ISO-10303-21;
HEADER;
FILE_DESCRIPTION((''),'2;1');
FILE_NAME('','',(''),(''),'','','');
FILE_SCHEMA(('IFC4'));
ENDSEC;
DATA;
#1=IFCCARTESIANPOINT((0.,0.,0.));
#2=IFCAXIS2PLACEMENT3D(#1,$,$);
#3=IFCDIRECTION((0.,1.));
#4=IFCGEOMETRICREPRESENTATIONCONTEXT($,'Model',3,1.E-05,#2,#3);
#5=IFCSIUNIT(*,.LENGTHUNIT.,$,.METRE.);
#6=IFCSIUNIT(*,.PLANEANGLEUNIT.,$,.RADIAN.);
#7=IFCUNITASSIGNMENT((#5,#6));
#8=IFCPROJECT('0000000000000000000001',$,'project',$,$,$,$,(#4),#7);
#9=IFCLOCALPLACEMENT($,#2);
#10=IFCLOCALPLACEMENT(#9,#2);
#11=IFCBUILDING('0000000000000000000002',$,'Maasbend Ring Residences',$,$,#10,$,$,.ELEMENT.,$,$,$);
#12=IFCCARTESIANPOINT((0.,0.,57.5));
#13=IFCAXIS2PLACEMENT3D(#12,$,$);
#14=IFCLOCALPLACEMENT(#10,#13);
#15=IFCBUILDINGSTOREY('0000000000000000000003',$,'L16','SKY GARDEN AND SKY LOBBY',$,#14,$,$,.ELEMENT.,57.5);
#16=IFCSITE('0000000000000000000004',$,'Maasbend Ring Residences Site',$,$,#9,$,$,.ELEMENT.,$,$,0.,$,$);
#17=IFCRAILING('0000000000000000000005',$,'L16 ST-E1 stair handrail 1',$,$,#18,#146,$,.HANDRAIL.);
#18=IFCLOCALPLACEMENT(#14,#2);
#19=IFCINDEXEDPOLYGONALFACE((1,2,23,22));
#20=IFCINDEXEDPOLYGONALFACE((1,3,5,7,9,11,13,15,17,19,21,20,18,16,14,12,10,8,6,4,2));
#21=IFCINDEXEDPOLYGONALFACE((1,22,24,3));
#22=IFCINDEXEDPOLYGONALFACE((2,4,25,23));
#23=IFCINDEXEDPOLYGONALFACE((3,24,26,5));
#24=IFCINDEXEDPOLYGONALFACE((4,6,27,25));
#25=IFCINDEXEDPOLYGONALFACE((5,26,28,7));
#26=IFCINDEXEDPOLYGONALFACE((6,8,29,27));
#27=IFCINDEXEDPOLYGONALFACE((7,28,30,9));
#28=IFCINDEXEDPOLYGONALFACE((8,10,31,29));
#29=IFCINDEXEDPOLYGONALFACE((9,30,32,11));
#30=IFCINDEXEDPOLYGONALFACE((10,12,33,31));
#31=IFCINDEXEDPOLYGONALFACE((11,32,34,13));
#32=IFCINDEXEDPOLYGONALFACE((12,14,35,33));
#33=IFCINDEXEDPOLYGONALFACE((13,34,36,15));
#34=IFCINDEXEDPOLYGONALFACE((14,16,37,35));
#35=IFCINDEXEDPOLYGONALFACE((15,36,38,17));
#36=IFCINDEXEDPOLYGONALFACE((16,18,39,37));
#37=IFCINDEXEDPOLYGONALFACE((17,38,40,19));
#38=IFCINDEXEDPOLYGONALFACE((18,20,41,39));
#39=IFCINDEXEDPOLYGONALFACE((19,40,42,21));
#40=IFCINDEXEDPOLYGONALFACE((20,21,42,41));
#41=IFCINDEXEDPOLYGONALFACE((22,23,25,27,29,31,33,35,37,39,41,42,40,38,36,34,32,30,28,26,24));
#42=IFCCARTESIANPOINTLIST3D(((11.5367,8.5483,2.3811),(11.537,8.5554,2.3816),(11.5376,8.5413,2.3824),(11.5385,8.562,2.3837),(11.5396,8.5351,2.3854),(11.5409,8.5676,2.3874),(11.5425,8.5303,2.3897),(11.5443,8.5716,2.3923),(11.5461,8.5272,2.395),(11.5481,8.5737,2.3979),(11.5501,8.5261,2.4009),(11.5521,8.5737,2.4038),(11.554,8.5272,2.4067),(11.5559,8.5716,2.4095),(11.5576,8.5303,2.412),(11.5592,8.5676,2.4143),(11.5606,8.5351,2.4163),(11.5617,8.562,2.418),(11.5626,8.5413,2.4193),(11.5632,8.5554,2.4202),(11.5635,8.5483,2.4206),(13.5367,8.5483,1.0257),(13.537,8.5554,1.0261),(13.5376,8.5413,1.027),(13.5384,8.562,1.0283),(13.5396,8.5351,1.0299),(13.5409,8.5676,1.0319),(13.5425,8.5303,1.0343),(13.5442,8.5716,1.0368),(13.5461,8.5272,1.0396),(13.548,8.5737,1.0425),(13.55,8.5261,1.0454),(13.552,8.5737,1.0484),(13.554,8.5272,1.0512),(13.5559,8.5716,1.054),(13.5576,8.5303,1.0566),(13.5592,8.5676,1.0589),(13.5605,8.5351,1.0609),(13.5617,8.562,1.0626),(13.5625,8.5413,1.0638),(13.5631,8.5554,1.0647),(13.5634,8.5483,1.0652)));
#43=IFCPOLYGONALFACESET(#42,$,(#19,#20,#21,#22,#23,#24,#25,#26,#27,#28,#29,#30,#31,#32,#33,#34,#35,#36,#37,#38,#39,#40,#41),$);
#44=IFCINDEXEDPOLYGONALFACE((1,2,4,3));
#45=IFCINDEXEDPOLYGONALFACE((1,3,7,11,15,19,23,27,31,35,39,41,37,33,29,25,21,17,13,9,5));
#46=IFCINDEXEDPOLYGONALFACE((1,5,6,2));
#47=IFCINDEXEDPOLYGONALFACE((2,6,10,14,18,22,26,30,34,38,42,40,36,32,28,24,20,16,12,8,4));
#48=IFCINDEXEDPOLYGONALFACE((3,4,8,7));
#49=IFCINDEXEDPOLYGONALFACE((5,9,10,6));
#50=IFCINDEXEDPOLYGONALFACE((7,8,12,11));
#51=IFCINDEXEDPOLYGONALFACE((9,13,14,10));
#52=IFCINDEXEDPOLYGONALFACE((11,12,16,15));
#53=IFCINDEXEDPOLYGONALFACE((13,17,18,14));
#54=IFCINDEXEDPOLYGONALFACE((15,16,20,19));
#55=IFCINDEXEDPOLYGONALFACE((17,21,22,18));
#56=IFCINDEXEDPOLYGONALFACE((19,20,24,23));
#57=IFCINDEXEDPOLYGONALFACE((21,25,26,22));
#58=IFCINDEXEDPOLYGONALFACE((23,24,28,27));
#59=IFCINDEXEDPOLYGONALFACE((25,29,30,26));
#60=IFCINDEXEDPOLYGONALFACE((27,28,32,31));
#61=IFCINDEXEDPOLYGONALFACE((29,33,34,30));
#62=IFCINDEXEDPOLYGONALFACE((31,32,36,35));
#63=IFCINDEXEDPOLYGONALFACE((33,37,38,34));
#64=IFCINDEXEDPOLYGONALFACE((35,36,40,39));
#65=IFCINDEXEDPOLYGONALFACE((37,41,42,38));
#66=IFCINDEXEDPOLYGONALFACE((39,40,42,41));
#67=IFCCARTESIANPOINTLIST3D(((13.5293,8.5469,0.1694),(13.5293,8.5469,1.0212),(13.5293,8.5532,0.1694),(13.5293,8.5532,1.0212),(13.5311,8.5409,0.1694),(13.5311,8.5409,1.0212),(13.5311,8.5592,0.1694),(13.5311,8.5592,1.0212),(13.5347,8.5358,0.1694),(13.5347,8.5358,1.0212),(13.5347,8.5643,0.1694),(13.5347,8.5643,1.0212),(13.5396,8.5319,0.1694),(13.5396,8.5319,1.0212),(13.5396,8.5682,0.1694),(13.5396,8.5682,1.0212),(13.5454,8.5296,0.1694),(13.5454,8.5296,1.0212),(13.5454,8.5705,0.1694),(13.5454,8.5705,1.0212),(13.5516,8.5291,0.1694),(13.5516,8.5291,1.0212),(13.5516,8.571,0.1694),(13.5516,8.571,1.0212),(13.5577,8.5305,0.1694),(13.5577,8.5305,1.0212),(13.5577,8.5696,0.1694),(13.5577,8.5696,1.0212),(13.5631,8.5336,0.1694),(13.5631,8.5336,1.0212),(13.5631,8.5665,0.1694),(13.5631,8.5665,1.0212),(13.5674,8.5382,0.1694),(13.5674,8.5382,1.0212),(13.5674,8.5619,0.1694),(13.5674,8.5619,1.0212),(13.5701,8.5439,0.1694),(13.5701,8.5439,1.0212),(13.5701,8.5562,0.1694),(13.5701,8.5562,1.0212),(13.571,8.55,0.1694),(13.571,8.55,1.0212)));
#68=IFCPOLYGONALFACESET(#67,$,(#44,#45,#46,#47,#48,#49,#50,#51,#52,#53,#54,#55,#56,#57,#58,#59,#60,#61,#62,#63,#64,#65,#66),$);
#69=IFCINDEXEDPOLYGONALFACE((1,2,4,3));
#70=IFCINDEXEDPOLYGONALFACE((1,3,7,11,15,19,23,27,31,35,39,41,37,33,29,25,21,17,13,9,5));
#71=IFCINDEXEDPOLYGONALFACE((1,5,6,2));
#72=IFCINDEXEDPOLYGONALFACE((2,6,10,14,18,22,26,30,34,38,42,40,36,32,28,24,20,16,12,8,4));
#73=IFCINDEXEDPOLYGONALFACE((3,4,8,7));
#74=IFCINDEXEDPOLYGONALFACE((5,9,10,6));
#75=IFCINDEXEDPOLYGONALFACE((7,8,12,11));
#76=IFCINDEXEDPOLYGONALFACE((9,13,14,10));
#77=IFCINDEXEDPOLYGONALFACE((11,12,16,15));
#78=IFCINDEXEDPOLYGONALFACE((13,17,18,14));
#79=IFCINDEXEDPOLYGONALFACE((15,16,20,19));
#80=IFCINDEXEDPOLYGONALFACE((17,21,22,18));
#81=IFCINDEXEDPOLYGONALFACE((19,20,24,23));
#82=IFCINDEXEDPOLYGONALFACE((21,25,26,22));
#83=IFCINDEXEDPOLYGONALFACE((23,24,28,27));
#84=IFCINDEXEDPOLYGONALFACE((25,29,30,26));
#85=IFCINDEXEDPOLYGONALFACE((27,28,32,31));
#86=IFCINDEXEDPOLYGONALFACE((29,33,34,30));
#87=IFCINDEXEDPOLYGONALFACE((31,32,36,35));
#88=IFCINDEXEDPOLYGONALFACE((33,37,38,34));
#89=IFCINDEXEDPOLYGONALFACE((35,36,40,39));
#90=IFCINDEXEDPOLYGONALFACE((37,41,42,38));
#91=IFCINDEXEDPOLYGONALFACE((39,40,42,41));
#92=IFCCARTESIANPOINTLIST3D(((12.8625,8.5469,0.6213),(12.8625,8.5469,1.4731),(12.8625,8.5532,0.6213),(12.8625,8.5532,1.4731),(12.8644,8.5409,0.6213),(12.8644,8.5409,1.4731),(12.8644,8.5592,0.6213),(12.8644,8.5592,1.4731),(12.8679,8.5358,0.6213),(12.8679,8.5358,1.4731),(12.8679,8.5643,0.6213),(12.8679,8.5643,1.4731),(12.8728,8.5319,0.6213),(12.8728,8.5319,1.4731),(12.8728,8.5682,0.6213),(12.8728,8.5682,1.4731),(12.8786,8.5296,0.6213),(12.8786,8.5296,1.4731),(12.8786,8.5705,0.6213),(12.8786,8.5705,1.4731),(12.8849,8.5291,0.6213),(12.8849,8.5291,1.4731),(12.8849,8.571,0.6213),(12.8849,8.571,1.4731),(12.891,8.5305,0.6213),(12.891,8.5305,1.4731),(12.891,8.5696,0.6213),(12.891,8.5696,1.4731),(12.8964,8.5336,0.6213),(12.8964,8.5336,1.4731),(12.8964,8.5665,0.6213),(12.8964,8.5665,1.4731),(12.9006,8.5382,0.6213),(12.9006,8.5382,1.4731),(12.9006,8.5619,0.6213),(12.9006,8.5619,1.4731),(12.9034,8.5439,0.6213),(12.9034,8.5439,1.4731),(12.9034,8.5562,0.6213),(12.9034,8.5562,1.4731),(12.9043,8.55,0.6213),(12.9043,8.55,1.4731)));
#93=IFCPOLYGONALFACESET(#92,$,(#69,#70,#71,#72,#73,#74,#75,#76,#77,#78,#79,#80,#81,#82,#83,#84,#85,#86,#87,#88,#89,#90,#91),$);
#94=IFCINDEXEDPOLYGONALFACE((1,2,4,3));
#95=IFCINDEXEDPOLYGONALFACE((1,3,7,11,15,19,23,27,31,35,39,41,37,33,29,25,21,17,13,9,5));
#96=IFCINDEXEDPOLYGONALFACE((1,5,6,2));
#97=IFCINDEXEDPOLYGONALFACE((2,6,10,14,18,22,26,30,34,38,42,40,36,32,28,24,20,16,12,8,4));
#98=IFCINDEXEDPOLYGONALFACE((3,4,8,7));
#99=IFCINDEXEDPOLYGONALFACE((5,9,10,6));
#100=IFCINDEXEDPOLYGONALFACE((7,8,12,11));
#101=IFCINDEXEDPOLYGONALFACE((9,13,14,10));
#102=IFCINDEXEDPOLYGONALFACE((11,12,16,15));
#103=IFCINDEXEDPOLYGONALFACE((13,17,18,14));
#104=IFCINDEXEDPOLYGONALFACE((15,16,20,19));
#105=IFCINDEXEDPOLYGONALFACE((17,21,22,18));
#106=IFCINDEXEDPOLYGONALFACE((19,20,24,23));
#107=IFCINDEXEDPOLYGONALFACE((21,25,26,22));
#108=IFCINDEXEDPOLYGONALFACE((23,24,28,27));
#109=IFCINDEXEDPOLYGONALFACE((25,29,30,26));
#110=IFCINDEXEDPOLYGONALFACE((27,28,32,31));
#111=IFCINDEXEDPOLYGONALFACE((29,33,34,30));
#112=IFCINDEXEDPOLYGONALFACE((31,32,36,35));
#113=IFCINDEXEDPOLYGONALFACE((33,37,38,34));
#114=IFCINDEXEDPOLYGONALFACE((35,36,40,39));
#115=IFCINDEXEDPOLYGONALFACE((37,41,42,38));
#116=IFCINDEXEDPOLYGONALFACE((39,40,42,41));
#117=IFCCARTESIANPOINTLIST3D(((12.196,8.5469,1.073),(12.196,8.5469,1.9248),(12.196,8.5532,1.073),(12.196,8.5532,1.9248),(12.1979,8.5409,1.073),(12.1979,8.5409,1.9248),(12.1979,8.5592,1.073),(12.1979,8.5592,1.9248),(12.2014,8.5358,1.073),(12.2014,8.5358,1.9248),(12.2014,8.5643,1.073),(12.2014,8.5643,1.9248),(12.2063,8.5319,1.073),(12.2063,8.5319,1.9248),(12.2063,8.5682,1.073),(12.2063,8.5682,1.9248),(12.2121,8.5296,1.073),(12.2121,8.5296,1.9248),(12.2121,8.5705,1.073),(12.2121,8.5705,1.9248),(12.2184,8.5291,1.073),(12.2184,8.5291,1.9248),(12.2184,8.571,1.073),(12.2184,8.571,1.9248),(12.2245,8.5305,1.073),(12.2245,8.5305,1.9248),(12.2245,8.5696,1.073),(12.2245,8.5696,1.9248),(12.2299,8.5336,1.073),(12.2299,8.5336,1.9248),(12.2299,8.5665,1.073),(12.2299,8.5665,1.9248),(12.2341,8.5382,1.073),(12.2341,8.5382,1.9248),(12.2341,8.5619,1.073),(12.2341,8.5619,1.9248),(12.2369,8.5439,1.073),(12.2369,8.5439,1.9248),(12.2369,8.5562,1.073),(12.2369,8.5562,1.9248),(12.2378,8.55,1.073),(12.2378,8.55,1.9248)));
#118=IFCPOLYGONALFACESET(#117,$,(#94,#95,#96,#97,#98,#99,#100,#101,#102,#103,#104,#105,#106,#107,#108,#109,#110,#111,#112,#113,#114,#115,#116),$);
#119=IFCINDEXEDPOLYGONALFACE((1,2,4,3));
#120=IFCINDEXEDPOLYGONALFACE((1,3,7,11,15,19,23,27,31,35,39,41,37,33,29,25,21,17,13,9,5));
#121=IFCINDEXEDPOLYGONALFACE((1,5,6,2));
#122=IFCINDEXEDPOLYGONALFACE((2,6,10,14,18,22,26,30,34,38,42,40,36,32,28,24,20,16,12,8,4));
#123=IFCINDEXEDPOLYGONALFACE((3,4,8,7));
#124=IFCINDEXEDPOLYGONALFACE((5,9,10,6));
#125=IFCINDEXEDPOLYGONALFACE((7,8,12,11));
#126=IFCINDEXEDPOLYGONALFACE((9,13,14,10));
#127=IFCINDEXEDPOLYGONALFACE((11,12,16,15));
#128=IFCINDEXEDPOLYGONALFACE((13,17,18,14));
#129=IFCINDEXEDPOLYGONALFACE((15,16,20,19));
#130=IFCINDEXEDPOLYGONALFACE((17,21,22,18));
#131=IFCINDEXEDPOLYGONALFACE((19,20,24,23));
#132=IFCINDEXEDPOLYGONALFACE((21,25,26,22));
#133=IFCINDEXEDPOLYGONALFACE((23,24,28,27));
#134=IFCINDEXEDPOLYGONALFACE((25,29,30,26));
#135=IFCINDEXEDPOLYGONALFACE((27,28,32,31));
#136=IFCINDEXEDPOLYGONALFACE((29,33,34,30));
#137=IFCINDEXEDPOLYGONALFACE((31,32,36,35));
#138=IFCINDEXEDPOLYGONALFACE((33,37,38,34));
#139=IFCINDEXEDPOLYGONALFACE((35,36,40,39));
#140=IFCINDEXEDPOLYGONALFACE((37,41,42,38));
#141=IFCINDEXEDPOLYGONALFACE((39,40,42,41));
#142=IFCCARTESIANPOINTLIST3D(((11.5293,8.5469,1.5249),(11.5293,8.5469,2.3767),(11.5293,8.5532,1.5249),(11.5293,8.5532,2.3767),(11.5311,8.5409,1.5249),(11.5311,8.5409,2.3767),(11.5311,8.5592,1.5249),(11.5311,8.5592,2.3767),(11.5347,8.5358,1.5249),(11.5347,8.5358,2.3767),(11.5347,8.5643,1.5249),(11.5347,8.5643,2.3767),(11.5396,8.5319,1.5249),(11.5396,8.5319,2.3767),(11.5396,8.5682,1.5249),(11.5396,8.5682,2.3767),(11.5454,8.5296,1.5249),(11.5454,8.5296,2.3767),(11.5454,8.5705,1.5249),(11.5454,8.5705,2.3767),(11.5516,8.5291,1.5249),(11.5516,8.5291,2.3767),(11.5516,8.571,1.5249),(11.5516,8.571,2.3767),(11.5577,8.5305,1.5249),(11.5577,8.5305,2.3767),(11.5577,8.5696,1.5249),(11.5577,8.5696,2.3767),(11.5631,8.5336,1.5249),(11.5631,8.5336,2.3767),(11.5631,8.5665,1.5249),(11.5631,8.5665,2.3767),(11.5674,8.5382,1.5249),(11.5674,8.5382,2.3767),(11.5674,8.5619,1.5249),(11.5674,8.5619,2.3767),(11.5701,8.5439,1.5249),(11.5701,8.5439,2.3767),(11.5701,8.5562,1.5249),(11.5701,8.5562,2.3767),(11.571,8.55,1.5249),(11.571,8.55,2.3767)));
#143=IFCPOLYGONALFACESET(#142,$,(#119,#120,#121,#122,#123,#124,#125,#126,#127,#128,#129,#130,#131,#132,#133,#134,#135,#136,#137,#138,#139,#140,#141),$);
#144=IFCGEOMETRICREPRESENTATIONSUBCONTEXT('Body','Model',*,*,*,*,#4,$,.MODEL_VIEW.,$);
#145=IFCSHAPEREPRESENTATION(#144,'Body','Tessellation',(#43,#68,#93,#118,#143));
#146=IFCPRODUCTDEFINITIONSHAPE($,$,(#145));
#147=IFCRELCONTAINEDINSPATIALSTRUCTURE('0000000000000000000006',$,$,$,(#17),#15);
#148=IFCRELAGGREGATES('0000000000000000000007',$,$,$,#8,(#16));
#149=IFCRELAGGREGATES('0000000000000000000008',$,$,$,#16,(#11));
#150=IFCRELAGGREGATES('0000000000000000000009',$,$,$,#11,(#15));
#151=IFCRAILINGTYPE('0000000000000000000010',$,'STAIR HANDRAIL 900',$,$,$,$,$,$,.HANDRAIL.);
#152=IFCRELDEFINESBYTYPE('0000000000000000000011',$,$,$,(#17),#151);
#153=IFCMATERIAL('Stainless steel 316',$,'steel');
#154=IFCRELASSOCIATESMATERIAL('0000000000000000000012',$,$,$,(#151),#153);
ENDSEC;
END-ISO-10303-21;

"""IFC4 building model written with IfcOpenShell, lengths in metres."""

from ifc_helpers import new_model, si_unit, direction, frame, origin, origin_2d, place, context, subcontext, project, spatial, circle, extrude, material, type_object, element, save


model = new_model("IFC4")

# Units and contexts
model_context = context("Model", 3, precision=1e-05, world=origin(), true_north=direction((0.0, 1.0)))
body_context = subcontext(model_context, "Body", "Model", "MODEL_VIEW")
ifc_project = project(units=[si_unit("LENGTHUNIT", "METRE"), si_unit("PLANEANGLEUNIT", "RADIAN")], contexts=[model_context])

# Site, building, storey
site_placement = place(None, origin())
site = spatial("IfcSite", under=ifc_project, at=site_placement, Name="Maasbend Ring Residences Site", CompositionType="ELEMENT", RefElevation=0.0)
building_placement = place(site_placement, origin())
building = spatial("IfcBuilding", under=site, at=building_placement, Name="Maasbend Ring Residences", CompositionType="ELEMENT")
storey_placement = place(building_placement, frame((0.0, 0.0, 57.5)))
storey = spatial("IfcBuildingStorey", under=building, at=storey_placement, Name="L16", Description="SKY GARDEN AND SKY LOBBY", CompositionType="ELEMENT", Elevation=57.5)

# Railing
ifc_material_1 = material(Name="Stainless steel 316", Category="steel")
railing_type_1 = type_object("IfcRailingType", Name="STAIR HANDRAIL 900", PredefinedType="HANDRAIL", material=ifc_material_1)
for number, where, name in (
    (1, (13.55, 8.55, 0.1694), "L16 ST-E1 stair handrail 1"),
):
    element("IfcRailing", number, at=place(storey_placement, frame(where)), inside=storey, type_object=railing_type_1, Name=name, PredefinedType="HANDRAIL", context=body_context, shape_type="SweptSolid", body=[
        extrude(circle(Radius=0.0239, at=origin_2d()), frame((0.0, 0.0, 0.876), z_axis=(-0.827798, 0.0, 0.561027), x_axis=(0.0, -1.0, 0.0)), (0.0, 0.0, 1.0), 2.416),
        extrude(circle(Radius=0.021, at=origin_2d()), origin(), (0.0, 0.0, 1.0), 0.8518),
        extrude(circle(Radius=0.021, at=origin_2d()), frame((-0.6667, 0.0, 0.4519)), (0.0, 0.0, 1.0), 0.8518),
        extrude(circle(Radius=0.021, at=origin_2d()), frame((-1.3333, 0.0, 0.9036)), (0.0, 0.0, 1.0), 0.8518),
        extrude(circle(Radius=0.021, at=origin_2d()), frame((-2.0, 0.0, 1.3555)), (0.0, 0.0, 1.0), 0.8518),
    ])

save(model, "model.ifc")
